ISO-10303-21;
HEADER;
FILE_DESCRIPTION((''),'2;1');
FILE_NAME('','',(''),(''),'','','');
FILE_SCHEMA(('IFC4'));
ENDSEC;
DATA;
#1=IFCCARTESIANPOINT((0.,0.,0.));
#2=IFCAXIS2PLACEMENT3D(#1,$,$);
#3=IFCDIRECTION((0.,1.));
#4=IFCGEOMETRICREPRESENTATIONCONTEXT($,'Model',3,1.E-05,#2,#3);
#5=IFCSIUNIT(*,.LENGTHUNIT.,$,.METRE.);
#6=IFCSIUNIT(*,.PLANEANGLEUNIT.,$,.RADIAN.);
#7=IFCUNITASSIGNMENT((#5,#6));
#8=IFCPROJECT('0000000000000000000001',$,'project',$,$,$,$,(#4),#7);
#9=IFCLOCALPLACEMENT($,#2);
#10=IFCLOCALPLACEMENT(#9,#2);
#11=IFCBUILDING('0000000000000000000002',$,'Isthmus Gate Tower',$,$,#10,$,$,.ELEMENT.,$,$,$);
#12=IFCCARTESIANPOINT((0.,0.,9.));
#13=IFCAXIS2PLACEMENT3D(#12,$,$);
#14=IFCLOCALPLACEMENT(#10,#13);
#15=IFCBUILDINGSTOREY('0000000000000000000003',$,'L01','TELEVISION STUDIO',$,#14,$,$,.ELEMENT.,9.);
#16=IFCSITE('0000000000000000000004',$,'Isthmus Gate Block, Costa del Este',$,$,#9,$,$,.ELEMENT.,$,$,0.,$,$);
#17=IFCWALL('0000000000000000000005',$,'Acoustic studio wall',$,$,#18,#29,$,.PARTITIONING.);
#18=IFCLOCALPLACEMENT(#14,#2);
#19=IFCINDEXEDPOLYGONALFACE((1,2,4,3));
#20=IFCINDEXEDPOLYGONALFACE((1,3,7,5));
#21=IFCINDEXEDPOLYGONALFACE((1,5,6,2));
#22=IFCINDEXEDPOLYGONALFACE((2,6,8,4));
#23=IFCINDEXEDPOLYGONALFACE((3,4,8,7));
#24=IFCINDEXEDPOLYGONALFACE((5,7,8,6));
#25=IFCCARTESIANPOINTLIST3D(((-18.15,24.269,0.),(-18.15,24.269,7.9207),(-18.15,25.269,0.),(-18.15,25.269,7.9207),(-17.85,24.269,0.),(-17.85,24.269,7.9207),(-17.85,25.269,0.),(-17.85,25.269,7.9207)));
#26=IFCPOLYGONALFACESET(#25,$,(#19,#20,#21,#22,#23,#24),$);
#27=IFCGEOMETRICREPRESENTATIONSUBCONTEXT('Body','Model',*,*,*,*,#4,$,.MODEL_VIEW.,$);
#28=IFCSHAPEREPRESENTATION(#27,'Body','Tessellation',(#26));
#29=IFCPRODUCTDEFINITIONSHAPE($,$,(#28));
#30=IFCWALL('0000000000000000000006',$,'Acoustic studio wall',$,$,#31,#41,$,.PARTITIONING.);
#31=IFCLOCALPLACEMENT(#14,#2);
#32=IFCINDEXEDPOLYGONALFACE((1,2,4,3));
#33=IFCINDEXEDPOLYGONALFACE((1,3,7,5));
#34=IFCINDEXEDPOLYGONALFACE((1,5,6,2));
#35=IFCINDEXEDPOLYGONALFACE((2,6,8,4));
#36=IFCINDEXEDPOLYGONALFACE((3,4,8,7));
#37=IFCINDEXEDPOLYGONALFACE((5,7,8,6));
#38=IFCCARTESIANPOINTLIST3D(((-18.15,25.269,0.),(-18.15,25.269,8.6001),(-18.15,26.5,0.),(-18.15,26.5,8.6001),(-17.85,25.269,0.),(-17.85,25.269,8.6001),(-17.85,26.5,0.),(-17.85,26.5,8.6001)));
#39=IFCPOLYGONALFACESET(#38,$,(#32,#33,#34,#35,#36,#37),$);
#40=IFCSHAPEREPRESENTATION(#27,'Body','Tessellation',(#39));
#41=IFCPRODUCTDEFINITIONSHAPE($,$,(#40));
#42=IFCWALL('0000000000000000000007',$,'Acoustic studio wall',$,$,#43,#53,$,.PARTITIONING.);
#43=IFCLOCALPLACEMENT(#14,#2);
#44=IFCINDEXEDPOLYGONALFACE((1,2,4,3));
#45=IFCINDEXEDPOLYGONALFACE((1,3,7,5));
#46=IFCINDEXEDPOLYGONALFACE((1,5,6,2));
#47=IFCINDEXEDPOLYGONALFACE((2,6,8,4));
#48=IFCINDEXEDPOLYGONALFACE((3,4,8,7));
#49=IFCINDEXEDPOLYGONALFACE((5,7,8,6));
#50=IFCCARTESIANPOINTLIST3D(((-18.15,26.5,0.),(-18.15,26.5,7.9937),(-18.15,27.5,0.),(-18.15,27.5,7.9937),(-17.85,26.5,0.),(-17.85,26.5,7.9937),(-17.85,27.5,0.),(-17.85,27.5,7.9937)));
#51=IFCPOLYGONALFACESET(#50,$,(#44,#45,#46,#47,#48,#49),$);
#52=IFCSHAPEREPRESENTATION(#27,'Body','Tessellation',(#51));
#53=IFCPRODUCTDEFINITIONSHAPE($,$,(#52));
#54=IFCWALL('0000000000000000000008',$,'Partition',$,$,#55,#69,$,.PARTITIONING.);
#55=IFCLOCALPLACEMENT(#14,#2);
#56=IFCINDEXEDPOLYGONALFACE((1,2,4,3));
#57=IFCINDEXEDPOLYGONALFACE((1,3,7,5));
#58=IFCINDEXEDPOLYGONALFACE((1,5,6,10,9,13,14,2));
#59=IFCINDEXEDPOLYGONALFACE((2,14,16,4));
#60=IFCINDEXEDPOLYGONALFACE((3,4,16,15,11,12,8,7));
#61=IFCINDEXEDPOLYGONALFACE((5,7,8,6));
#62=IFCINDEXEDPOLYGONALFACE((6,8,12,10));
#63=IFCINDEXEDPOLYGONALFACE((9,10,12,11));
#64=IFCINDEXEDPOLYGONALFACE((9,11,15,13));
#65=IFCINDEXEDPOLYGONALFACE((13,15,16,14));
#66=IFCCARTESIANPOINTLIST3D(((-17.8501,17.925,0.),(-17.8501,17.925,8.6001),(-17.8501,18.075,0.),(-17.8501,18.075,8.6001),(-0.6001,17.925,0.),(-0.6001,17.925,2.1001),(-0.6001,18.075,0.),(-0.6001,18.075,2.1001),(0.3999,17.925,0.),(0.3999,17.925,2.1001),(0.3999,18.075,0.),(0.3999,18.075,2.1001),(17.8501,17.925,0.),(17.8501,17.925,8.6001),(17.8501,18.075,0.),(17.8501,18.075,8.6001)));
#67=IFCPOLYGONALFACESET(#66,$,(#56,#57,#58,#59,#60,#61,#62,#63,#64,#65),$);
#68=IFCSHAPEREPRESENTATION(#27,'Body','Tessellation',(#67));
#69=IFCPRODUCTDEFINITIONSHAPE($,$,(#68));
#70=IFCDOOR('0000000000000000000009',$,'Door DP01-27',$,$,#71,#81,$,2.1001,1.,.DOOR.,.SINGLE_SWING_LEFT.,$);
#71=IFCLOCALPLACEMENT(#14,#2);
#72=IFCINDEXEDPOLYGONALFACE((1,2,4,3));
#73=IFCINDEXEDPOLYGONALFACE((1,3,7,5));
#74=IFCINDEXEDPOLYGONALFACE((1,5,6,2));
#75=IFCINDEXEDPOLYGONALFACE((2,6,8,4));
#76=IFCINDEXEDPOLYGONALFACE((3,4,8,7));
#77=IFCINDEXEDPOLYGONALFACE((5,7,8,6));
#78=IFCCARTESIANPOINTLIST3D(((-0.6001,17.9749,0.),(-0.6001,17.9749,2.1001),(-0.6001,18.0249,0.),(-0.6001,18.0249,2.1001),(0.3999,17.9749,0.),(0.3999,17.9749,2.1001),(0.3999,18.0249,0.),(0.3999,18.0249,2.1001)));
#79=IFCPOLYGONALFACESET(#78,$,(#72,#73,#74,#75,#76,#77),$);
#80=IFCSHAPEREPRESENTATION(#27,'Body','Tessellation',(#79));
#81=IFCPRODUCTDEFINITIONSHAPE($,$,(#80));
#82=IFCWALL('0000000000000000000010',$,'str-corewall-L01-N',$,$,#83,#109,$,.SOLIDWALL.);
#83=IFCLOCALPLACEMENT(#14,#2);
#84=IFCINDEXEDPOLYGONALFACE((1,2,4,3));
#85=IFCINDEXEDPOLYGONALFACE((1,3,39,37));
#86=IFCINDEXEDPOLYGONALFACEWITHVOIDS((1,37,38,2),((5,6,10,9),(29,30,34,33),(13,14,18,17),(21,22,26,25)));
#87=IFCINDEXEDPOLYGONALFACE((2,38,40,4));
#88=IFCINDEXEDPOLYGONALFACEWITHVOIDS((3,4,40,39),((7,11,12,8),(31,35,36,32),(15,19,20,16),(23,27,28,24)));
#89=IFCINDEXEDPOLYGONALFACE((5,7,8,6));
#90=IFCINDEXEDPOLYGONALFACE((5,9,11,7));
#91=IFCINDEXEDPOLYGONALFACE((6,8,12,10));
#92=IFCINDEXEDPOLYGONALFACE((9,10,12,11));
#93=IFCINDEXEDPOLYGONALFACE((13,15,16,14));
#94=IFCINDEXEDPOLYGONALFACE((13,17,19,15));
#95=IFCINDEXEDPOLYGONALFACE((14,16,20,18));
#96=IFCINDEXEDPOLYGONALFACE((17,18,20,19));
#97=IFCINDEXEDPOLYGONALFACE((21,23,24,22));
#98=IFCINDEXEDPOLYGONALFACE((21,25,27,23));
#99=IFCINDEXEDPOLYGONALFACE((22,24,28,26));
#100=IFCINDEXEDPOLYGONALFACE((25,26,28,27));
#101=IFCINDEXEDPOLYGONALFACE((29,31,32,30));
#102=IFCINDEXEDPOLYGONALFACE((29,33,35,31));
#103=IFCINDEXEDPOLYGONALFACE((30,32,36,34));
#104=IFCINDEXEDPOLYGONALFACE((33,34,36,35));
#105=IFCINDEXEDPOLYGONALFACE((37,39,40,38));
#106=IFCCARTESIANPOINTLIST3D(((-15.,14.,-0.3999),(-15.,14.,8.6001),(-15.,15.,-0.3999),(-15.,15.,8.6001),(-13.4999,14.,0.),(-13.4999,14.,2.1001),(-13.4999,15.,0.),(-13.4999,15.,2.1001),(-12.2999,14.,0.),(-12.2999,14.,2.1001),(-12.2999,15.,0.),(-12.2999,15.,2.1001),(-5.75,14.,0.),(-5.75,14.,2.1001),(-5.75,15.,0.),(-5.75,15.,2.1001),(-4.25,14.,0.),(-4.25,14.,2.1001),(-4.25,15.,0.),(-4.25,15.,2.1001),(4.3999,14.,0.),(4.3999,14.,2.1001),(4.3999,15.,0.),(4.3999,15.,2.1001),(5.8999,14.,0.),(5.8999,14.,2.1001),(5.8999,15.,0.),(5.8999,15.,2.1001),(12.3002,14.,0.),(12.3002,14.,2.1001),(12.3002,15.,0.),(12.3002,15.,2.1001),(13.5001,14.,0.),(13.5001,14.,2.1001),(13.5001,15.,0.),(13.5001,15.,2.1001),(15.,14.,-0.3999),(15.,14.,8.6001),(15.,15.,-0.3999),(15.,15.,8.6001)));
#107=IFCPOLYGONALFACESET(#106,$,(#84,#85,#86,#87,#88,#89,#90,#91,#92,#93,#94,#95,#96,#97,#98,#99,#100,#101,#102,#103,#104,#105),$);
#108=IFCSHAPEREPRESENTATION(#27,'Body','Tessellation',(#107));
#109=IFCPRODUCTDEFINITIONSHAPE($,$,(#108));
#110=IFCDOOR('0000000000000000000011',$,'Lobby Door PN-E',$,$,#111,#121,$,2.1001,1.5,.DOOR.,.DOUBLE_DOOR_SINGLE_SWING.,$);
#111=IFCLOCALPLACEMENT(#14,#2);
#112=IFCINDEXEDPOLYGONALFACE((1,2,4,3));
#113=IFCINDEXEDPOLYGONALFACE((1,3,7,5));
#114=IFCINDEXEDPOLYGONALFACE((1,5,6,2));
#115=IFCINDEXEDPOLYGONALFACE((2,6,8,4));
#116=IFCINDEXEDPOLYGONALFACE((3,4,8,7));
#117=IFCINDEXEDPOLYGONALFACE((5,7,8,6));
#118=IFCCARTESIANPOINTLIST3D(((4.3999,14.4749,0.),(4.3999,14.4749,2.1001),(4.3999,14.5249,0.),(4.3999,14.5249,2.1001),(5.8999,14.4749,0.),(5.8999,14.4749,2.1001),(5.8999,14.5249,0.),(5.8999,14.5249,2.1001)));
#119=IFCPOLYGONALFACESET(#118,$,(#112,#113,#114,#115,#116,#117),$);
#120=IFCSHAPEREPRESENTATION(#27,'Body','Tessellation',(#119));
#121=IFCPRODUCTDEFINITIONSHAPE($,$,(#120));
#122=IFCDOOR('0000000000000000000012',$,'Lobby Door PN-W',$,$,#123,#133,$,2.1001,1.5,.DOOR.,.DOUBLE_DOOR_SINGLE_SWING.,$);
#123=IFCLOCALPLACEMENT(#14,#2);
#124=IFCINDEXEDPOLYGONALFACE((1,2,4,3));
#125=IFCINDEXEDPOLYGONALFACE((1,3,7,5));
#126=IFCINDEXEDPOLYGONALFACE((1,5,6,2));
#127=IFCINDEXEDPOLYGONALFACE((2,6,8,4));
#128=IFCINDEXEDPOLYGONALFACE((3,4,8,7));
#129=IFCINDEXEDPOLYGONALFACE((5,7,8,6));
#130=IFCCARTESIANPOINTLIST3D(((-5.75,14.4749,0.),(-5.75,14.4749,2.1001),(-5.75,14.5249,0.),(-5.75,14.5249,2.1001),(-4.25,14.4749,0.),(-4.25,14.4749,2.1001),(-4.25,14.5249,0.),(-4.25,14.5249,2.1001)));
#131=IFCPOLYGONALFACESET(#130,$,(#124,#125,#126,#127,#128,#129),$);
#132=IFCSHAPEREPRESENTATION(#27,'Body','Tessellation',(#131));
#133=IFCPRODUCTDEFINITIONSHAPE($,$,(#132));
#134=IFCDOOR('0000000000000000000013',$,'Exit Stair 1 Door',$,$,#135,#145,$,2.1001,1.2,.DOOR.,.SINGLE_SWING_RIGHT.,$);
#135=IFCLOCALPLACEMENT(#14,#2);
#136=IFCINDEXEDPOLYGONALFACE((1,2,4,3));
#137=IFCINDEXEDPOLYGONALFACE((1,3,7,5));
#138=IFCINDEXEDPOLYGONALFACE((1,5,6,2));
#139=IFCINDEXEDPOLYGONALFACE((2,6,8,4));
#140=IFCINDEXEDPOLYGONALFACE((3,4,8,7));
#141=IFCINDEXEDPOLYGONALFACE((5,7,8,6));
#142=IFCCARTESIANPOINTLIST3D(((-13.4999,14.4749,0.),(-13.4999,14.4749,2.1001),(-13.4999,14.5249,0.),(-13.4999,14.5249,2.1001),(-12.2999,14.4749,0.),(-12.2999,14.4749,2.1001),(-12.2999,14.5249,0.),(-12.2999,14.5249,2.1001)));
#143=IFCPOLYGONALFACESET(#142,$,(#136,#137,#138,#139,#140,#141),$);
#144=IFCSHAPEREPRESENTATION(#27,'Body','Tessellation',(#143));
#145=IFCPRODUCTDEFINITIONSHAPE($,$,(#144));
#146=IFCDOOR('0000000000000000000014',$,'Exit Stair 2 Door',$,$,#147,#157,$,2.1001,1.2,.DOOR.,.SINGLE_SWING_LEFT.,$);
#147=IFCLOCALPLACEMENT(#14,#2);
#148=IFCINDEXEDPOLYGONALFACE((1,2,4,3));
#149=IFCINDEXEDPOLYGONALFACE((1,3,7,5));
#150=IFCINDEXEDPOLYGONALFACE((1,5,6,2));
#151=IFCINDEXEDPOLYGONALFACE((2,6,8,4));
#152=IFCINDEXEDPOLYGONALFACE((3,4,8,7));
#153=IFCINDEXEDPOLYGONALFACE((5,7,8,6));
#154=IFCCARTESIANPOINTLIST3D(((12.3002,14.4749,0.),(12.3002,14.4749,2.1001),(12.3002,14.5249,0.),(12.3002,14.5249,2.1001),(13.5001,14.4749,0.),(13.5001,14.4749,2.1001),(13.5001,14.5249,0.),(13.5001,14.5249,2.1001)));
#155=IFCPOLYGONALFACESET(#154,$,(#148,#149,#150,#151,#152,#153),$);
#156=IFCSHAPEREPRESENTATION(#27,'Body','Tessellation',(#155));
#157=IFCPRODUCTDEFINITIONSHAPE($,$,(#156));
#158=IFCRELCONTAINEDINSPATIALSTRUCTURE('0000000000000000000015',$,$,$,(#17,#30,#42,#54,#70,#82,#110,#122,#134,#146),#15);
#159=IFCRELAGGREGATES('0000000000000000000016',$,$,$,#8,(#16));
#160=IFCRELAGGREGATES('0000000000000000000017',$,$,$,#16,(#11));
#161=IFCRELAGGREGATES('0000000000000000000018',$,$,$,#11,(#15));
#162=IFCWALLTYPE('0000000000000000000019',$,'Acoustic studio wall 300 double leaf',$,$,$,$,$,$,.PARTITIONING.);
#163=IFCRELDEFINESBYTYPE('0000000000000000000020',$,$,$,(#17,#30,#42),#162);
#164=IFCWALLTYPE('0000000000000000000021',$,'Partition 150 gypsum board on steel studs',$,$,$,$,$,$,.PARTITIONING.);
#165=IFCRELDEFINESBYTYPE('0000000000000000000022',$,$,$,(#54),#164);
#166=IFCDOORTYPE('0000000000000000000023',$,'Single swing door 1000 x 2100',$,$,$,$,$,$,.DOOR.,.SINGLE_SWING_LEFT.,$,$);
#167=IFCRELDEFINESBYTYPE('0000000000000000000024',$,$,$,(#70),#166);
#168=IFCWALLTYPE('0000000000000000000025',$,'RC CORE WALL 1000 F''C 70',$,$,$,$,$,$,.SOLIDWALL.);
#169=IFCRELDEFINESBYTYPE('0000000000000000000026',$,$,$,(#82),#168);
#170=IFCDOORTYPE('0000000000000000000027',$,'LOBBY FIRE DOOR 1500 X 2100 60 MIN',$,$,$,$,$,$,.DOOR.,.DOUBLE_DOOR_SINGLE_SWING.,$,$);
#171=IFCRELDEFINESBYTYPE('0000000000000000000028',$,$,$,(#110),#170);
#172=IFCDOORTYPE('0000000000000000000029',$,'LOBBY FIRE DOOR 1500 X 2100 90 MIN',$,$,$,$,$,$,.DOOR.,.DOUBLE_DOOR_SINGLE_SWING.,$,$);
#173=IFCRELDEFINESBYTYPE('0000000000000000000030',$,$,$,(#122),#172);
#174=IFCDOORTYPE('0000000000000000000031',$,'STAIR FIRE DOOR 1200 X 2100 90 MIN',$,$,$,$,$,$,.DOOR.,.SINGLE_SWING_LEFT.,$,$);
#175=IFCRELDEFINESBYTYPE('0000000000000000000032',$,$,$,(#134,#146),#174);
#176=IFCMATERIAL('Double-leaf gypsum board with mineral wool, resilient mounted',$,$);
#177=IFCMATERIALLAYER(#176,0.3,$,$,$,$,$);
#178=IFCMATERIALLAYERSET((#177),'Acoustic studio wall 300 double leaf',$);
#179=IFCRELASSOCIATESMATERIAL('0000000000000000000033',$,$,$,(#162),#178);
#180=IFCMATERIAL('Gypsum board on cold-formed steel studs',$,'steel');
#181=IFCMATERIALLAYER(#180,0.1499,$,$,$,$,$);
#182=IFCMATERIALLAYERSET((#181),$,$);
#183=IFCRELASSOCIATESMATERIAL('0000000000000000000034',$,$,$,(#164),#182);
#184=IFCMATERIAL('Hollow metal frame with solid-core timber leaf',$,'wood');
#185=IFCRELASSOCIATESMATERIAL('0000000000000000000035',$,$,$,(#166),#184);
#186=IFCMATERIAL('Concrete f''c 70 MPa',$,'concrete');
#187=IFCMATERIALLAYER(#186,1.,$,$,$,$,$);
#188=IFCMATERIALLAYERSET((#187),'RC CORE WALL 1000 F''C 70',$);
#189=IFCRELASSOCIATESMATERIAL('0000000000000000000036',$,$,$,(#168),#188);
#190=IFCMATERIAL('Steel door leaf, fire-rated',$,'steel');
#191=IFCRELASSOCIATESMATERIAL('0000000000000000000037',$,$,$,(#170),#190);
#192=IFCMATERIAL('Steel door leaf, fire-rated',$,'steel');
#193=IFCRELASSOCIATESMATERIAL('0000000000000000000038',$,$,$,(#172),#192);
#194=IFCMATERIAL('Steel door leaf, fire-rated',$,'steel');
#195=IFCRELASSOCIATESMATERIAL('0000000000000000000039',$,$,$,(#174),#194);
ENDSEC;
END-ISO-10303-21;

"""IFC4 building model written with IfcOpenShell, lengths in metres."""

from ifc_helpers import new_model, si_unit, direction, frame, frame_2d, origin, place, context, subcontext, project, spatial, rectangle, extrude, material, layer, layer_set, type_object, element, fill, save


model = new_model("IFC4")

# Units and contexts
model_context = context("Model", 3, precision=1e-05, world=origin(), true_north=direction((0.0, 1.0)))
body_context = subcontext(model_context, "Body", "Model", "MODEL_VIEW")
ifc_project = project(units=[si_unit("LENGTHUNIT", "METRE"), si_unit("PLANEANGLEUNIT", "RADIAN")], contexts=[model_context])

# Site, building, storey
site_placement = place(None, origin())
site = spatial("IfcSite", under=ifc_project, at=site_placement, Name="Isthmus Gate Block, Costa del Este", CompositionType="ELEMENT", RefElevation=0.0)
building_placement = place(site_placement, origin())
building = spatial("IfcBuilding", under=site, at=building_placement, Name="Isthmus Gate Tower", CompositionType="ELEMENT")
storey_placement = place(building_placement, frame((0.0, 0.0, 9.0)))
storey = spatial("IfcBuildingStorey", under=building, at=storey_placement, Name="L01", Description="TELEVISION STUDIO", CompositionType="ELEMENT", Elevation=9.0)

# Shared definitions
ifc_material_1 = material(Name="Double-leaf gypsum board with mineral wool, resilient mounted")
ifc_layer_1 = layer(ifc_material_1, 0.3)
ifc_layer_set_1 = layer_set([ifc_layer_1], Name="Acoustic studio wall 300 double leaf")
wall_type_1 = type_object("IfcWallType", Name="Acoustic studio wall 300 double leaf", PredefinedType="PARTITIONING", material=ifc_layer_set_1)

# Walls
wall_1_placement = place(storey_placement, frame((-18.0, 24.269, 0.0), z_axis=(0.0, 0.0, 1.0), x_axis=(0.0, 1.0, 0.0)))
element("IfcWall", 1, at=wall_1_placement, inside=storey, type_object=wall_type_1, Name="Acoustic studio wall", PredefinedType="PARTITIONING", context=body_context, shape_type="SweptSolid", body=[
    extrude(rectangle(XDim=1.0, YDim=0.3, at=frame_2d((0.5, 0.0))), origin(), (0.0, 0.0, 1.0), 7.9207),
])
wall_2_placement = place(storey_placement, frame((-18.0, 25.269, 0.0), z_axis=(0.0, 0.0, 1.0), x_axis=(0.0, 1.0, 0.0)))
element("IfcWall", 2, at=wall_2_placement, inside=storey, type_object=wall_type_1, Name="Acoustic studio wall", PredefinedType="PARTITIONING", context=body_context, shape_type="SweptSolid", body=[
    extrude(rectangle(XDim=1.231, YDim=0.3, at=frame_2d((0.6155, 0.0))), origin(), (0.0, 0.0, 1.0), 8.6001),
])
wall_3_placement = place(storey_placement, frame((-18.0, 26.5, 0.0), z_axis=(0.0, 0.0, 1.0), x_axis=(0.0, 1.0, 0.0)))
element("IfcWall", 3, at=wall_3_placement, inside=storey, type_object=wall_type_1, Name="Acoustic studio wall", PredefinedType="PARTITIONING", context=body_context, shape_type="SweptSolid", body=[
    extrude(rectangle(XDim=1.0, YDim=0.3, at=frame_2d((0.5, 0.0))), origin(), (0.0, 0.0, 1.0), 7.9937),
])

# Wall, opening, door
ifc_material_2 = material(Name="Gypsum board on cold-formed steel studs", Category="steel")
ifc_layer_2 = layer(ifc_material_2, 0.1499)
ifc_layer_set_2 = layer_set([ifc_layer_2])
wall_type_2 = type_object("IfcWallType", Name="Partition 150 gypsum board on steel studs", PredefinedType="PARTITIONING", material=ifc_layer_set_2)
wall_4_placement = place(storey_placement, frame((-17.8501, 18.0, 0.0), z_axis=(0.0, 0.0, 1.0), x_axis=(1.0, 0.0, 0.0)))
wall_4 = element("IfcWall", 4, at=wall_4_placement, inside=storey, type_object=wall_type_2, Name="Partition", PredefinedType="PARTITIONING", context=body_context, shape_type="SweptSolid", body=[
    extrude(rectangle(XDim=35.7002, YDim=0.1499, at=frame_2d((17.8501, 0.0))), origin(), (0.0, 0.0, 1.0), 8.6001),
])
opening_1_placement = place(wall_4_placement, frame((17.25, 0.0, 0.0)))
opening_1 = element("IfcOpeningElement", 5, at=opening_1_placement, cuts=wall_4, PredefinedType="OPENING", context=body_context, shape_type="SweptSolid", body=[
    extrude(rectangle(XDim=1.0, YDim=2.1001, at=frame_2d((0.5, 1.05))), frame((0.0, 0.085, 0.0), z_axis=(0.0, -1.0, 0.0), x_axis=(1.0, 0.0, 0.0)), (0.0, 0.0, 1.0), 0.1699),
])
ifc_material_3 = material(Name="Hollow metal frame with solid-core timber leaf", Category="wood")
door_type_1 = type_object("IfcDoorType", Name="Single swing door 1000 x 2100", OperationType="SINGLE_SWING_LEFT", PredefinedType="DOOR", material=ifc_material_3)
door_1_placement = place(opening_1_placement, origin())
door_1 = element("IfcDoor", 6, at=door_1_placement, inside=storey, type_object=door_type_1, Name="Door DP01-27", OperationType="SINGLE_SWING_LEFT", OverallHeight=2.1001, OverallWidth=1.0, PredefinedType="DOOR", context=body_context, shape_type="SweptSolid", body=[
    extrude(rectangle(XDim=1.0, YDim=2.1001, at=frame_2d((0.5, 1.05))), frame((0.0, 0.0249, 0.0), z_axis=(0.0, -1.0, 0.0), x_axis=(1.0, 0.0, 0.0)), (0.0, 0.0, 1.0), 0.05),
])
fill(opening_1, door_1)

# Wall, openings, doors
ifc_material_4 = material(Name="Concrete f'c 70 MPa", Category="concrete")
ifc_layer_3 = layer(ifc_material_4, 1.0)
ifc_layer_set_3 = layer_set([ifc_layer_3], Name="RC CORE WALL 1000 F'C 70")
wall_type_3 = type_object("IfcWallType", Name="RC CORE WALL 1000 F'C 70", PredefinedType="SOLIDWALL", material=ifc_layer_set_3)
wall_5_placement = place(storey_placement, frame((-15.0, 14.5, -0.3999), z_axis=(0.0, 0.0, 1.0), x_axis=(1.0, 0.0, 0.0)))
wall_5 = element("IfcWall", 7, at=wall_5_placement, inside=storey, type_object=wall_type_3, Name="str-corewall-L01-N", PredefinedType="SOLIDWALL", context=body_context, shape_type="SweptSolid", body=[
    extrude(rectangle(XDim=30.0, YDim=1.0, at=frame_2d((15.0, 0.0))), origin(), (0.0, 0.0, 1.0), 9.0),
])
opening_2_placement = place(wall_5_placement, frame((9.25, 0.0, 0.3999)))
opening_2 = element("IfcOpeningElement", 8, at=opening_2_placement, cuts=wall_5, PredefinedType="OPENING", context=body_context, shape_type="SweptSolid", body=[
    extrude(rectangle(XDim=1.5, YDim=2.1001, at=frame_2d((0.75, 1.05))), frame((0.0, 0.51, 0.0), z_axis=(0.0, -1.0, 0.0), x_axis=(1.0, 0.0, 0.0)), (0.0, 0.0, 1.0), 1.02),
])
opening_3_placement = place(wall_5_placement, frame((19.3999, 0.0, 0.3999)))
opening_3 = element("IfcOpeningElement", 9, at=opening_3_placement, cuts=wall_5, PredefinedType="OPENING", context=body_context, shape_type="SweptSolid", body=[
    extrude(rectangle(XDim=1.5, YDim=2.1001, at=frame_2d((0.75, 1.05))), frame((0.0, 0.51, 0.0), z_axis=(0.0, -1.0, 0.0), x_axis=(1.0, 0.0, 0.0)), (0.0, 0.0, 1.0), 1.02),
])
opening_4_placement = place(wall_5_placement, frame((1.5, 0.0, 0.3999)))
opening_4 = element("IfcOpeningElement", 10, at=opening_4_placement, cuts=wall_5, PredefinedType="OPENING", context=body_context, shape_type="SweptSolid", body=[
    extrude(rectangle(XDim=1.2, YDim=2.1001, at=frame_2d((0.6001, 1.05))), frame((0.0, 0.51, 0.0), z_axis=(0.0, -1.0, 0.0), x_axis=(1.0, 0.0, 0.0)), (0.0, 0.0, 1.0), 1.02),
])
opening_5_placement = place(wall_5_placement, frame((27.3, 0.0, 0.3999)))
opening_5 = element("IfcOpeningElement", 11, at=opening_5_placement, cuts=wall_5, PredefinedType="OPENING", context=body_context, shape_type="SweptSolid", body=[
    extrude(rectangle(XDim=1.2, YDim=2.1001, at=frame_2d((0.6001, 1.05))), frame((0.0, 0.51, 0.0), z_axis=(0.0, -1.0, 0.0), x_axis=(1.0, 0.0, 0.0)), (0.0, 0.0, 1.0), 1.02),
])
ifc_material_5 = material(Name="Steel door leaf, fire-rated", Category="steel")
door_type_2 = type_object("IfcDoorType", Name="LOBBY FIRE DOOR 1500 X 2100 60 MIN", OperationType="DOUBLE_DOOR_SINGLE_SWING", PredefinedType="DOOR", material=ifc_material_5)
door_2_placement = place(opening_3_placement, origin())
door_2 = element("IfcDoor", 12, at=door_2_placement, inside=storey, type_object=door_type_2, Name="Lobby Door PN-E", OperationType="DOUBLE_DOOR_SINGLE_SWING", OverallHeight=2.1001, OverallWidth=1.5, PredefinedType="DOOR", context=body_context, shape_type="SweptSolid", body=[
    extrude(rectangle(XDim=1.5, YDim=2.1001, at=frame_2d((0.75, 1.05))), frame((0.0, 0.0249, 0.0), z_axis=(0.0, -1.0, 0.0), x_axis=(1.0, 0.0, 0.0)), (0.0, 0.0, 1.0), 0.05),
])
fill(opening_3, door_2)
ifc_material_6 = material(Name="Steel door leaf, fire-rated", Category="steel")
door_type_3 = type_object("IfcDoorType", Name="LOBBY FIRE DOOR 1500 X 2100 90 MIN", OperationType="DOUBLE_DOOR_SINGLE_SWING", PredefinedType="DOOR", material=ifc_material_6)
door_3_placement = place(opening_2_placement, origin())
door_3 = element("IfcDoor", 13, at=door_3_placement, inside=storey, type_object=door_type_3, Name="Lobby Door PN-W", OperationType="DOUBLE_DOOR_SINGLE_SWING", OverallHeight=2.1001, OverallWidth=1.5, PredefinedType="DOOR", context=body_context, shape_type="SweptSolid", body=[
    extrude(rectangle(XDim=1.5, YDim=2.1001, at=frame_2d((0.75, 1.05))), frame((0.0, 0.0249, 0.0), z_axis=(0.0, -1.0, 0.0), x_axis=(1.0, 0.0, 0.0)), (0.0, 0.0, 1.0), 0.05),
])
fill(opening_2, door_3)
ifc_material_7 = material(Name="Steel door leaf, fire-rated", Category="steel")
door_type_4 = type_object("IfcDoorType", Name="STAIR FIRE DOOR 1200 X 2100 90 MIN", OperationType="SINGLE_SWING_LEFT", PredefinedType="DOOR", material=ifc_material_7)
door_4_placement = place(opening_4_placement, origin())
door_4 = element("IfcDoor", 14, at=door_4_placement, inside=storey, type_object=door_type_4, Name="Exit Stair 1 Door", OperationType="SINGLE_SWING_RIGHT", OverallHeight=2.1001, OverallWidth=1.2, PredefinedType="DOOR", context=body_context, shape_type="SweptSolid", body=[
    extrude(rectangle(XDim=1.2, YDim=2.1001, at=frame_2d((0.6001, 1.05))), frame((0.0, 0.0249, 0.0), z_axis=(0.0, -1.0, 0.0), x_axis=(1.0, 0.0, 0.0)), (0.0, 0.0, 1.0), 0.05),
])
fill(opening_4, door_4)
door_5_placement = place(opening_5_placement, origin())
door_5 = element("IfcDoor", 15, at=door_5_placement, inside=storey, type_object=door_type_4, Name="Exit Stair 2 Door", OperationType="SINGLE_SWING_LEFT", OverallHeight=2.1001, OverallWidth=1.2, PredefinedType="DOOR", context=body_context, shape_type="SweptSolid", body=[
    extrude(rectangle(XDim=1.2, YDim=2.1001, at=frame_2d((0.6001, 1.05))), frame((0.0, 0.0249, 0.0), z_axis=(0.0, -1.0, 0.0), x_axis=(1.0, 0.0, 0.0)), (0.0, 0.0, 1.0), 0.05),
])
fill(opening_5, door_5)

save(model, "model.ifc")
